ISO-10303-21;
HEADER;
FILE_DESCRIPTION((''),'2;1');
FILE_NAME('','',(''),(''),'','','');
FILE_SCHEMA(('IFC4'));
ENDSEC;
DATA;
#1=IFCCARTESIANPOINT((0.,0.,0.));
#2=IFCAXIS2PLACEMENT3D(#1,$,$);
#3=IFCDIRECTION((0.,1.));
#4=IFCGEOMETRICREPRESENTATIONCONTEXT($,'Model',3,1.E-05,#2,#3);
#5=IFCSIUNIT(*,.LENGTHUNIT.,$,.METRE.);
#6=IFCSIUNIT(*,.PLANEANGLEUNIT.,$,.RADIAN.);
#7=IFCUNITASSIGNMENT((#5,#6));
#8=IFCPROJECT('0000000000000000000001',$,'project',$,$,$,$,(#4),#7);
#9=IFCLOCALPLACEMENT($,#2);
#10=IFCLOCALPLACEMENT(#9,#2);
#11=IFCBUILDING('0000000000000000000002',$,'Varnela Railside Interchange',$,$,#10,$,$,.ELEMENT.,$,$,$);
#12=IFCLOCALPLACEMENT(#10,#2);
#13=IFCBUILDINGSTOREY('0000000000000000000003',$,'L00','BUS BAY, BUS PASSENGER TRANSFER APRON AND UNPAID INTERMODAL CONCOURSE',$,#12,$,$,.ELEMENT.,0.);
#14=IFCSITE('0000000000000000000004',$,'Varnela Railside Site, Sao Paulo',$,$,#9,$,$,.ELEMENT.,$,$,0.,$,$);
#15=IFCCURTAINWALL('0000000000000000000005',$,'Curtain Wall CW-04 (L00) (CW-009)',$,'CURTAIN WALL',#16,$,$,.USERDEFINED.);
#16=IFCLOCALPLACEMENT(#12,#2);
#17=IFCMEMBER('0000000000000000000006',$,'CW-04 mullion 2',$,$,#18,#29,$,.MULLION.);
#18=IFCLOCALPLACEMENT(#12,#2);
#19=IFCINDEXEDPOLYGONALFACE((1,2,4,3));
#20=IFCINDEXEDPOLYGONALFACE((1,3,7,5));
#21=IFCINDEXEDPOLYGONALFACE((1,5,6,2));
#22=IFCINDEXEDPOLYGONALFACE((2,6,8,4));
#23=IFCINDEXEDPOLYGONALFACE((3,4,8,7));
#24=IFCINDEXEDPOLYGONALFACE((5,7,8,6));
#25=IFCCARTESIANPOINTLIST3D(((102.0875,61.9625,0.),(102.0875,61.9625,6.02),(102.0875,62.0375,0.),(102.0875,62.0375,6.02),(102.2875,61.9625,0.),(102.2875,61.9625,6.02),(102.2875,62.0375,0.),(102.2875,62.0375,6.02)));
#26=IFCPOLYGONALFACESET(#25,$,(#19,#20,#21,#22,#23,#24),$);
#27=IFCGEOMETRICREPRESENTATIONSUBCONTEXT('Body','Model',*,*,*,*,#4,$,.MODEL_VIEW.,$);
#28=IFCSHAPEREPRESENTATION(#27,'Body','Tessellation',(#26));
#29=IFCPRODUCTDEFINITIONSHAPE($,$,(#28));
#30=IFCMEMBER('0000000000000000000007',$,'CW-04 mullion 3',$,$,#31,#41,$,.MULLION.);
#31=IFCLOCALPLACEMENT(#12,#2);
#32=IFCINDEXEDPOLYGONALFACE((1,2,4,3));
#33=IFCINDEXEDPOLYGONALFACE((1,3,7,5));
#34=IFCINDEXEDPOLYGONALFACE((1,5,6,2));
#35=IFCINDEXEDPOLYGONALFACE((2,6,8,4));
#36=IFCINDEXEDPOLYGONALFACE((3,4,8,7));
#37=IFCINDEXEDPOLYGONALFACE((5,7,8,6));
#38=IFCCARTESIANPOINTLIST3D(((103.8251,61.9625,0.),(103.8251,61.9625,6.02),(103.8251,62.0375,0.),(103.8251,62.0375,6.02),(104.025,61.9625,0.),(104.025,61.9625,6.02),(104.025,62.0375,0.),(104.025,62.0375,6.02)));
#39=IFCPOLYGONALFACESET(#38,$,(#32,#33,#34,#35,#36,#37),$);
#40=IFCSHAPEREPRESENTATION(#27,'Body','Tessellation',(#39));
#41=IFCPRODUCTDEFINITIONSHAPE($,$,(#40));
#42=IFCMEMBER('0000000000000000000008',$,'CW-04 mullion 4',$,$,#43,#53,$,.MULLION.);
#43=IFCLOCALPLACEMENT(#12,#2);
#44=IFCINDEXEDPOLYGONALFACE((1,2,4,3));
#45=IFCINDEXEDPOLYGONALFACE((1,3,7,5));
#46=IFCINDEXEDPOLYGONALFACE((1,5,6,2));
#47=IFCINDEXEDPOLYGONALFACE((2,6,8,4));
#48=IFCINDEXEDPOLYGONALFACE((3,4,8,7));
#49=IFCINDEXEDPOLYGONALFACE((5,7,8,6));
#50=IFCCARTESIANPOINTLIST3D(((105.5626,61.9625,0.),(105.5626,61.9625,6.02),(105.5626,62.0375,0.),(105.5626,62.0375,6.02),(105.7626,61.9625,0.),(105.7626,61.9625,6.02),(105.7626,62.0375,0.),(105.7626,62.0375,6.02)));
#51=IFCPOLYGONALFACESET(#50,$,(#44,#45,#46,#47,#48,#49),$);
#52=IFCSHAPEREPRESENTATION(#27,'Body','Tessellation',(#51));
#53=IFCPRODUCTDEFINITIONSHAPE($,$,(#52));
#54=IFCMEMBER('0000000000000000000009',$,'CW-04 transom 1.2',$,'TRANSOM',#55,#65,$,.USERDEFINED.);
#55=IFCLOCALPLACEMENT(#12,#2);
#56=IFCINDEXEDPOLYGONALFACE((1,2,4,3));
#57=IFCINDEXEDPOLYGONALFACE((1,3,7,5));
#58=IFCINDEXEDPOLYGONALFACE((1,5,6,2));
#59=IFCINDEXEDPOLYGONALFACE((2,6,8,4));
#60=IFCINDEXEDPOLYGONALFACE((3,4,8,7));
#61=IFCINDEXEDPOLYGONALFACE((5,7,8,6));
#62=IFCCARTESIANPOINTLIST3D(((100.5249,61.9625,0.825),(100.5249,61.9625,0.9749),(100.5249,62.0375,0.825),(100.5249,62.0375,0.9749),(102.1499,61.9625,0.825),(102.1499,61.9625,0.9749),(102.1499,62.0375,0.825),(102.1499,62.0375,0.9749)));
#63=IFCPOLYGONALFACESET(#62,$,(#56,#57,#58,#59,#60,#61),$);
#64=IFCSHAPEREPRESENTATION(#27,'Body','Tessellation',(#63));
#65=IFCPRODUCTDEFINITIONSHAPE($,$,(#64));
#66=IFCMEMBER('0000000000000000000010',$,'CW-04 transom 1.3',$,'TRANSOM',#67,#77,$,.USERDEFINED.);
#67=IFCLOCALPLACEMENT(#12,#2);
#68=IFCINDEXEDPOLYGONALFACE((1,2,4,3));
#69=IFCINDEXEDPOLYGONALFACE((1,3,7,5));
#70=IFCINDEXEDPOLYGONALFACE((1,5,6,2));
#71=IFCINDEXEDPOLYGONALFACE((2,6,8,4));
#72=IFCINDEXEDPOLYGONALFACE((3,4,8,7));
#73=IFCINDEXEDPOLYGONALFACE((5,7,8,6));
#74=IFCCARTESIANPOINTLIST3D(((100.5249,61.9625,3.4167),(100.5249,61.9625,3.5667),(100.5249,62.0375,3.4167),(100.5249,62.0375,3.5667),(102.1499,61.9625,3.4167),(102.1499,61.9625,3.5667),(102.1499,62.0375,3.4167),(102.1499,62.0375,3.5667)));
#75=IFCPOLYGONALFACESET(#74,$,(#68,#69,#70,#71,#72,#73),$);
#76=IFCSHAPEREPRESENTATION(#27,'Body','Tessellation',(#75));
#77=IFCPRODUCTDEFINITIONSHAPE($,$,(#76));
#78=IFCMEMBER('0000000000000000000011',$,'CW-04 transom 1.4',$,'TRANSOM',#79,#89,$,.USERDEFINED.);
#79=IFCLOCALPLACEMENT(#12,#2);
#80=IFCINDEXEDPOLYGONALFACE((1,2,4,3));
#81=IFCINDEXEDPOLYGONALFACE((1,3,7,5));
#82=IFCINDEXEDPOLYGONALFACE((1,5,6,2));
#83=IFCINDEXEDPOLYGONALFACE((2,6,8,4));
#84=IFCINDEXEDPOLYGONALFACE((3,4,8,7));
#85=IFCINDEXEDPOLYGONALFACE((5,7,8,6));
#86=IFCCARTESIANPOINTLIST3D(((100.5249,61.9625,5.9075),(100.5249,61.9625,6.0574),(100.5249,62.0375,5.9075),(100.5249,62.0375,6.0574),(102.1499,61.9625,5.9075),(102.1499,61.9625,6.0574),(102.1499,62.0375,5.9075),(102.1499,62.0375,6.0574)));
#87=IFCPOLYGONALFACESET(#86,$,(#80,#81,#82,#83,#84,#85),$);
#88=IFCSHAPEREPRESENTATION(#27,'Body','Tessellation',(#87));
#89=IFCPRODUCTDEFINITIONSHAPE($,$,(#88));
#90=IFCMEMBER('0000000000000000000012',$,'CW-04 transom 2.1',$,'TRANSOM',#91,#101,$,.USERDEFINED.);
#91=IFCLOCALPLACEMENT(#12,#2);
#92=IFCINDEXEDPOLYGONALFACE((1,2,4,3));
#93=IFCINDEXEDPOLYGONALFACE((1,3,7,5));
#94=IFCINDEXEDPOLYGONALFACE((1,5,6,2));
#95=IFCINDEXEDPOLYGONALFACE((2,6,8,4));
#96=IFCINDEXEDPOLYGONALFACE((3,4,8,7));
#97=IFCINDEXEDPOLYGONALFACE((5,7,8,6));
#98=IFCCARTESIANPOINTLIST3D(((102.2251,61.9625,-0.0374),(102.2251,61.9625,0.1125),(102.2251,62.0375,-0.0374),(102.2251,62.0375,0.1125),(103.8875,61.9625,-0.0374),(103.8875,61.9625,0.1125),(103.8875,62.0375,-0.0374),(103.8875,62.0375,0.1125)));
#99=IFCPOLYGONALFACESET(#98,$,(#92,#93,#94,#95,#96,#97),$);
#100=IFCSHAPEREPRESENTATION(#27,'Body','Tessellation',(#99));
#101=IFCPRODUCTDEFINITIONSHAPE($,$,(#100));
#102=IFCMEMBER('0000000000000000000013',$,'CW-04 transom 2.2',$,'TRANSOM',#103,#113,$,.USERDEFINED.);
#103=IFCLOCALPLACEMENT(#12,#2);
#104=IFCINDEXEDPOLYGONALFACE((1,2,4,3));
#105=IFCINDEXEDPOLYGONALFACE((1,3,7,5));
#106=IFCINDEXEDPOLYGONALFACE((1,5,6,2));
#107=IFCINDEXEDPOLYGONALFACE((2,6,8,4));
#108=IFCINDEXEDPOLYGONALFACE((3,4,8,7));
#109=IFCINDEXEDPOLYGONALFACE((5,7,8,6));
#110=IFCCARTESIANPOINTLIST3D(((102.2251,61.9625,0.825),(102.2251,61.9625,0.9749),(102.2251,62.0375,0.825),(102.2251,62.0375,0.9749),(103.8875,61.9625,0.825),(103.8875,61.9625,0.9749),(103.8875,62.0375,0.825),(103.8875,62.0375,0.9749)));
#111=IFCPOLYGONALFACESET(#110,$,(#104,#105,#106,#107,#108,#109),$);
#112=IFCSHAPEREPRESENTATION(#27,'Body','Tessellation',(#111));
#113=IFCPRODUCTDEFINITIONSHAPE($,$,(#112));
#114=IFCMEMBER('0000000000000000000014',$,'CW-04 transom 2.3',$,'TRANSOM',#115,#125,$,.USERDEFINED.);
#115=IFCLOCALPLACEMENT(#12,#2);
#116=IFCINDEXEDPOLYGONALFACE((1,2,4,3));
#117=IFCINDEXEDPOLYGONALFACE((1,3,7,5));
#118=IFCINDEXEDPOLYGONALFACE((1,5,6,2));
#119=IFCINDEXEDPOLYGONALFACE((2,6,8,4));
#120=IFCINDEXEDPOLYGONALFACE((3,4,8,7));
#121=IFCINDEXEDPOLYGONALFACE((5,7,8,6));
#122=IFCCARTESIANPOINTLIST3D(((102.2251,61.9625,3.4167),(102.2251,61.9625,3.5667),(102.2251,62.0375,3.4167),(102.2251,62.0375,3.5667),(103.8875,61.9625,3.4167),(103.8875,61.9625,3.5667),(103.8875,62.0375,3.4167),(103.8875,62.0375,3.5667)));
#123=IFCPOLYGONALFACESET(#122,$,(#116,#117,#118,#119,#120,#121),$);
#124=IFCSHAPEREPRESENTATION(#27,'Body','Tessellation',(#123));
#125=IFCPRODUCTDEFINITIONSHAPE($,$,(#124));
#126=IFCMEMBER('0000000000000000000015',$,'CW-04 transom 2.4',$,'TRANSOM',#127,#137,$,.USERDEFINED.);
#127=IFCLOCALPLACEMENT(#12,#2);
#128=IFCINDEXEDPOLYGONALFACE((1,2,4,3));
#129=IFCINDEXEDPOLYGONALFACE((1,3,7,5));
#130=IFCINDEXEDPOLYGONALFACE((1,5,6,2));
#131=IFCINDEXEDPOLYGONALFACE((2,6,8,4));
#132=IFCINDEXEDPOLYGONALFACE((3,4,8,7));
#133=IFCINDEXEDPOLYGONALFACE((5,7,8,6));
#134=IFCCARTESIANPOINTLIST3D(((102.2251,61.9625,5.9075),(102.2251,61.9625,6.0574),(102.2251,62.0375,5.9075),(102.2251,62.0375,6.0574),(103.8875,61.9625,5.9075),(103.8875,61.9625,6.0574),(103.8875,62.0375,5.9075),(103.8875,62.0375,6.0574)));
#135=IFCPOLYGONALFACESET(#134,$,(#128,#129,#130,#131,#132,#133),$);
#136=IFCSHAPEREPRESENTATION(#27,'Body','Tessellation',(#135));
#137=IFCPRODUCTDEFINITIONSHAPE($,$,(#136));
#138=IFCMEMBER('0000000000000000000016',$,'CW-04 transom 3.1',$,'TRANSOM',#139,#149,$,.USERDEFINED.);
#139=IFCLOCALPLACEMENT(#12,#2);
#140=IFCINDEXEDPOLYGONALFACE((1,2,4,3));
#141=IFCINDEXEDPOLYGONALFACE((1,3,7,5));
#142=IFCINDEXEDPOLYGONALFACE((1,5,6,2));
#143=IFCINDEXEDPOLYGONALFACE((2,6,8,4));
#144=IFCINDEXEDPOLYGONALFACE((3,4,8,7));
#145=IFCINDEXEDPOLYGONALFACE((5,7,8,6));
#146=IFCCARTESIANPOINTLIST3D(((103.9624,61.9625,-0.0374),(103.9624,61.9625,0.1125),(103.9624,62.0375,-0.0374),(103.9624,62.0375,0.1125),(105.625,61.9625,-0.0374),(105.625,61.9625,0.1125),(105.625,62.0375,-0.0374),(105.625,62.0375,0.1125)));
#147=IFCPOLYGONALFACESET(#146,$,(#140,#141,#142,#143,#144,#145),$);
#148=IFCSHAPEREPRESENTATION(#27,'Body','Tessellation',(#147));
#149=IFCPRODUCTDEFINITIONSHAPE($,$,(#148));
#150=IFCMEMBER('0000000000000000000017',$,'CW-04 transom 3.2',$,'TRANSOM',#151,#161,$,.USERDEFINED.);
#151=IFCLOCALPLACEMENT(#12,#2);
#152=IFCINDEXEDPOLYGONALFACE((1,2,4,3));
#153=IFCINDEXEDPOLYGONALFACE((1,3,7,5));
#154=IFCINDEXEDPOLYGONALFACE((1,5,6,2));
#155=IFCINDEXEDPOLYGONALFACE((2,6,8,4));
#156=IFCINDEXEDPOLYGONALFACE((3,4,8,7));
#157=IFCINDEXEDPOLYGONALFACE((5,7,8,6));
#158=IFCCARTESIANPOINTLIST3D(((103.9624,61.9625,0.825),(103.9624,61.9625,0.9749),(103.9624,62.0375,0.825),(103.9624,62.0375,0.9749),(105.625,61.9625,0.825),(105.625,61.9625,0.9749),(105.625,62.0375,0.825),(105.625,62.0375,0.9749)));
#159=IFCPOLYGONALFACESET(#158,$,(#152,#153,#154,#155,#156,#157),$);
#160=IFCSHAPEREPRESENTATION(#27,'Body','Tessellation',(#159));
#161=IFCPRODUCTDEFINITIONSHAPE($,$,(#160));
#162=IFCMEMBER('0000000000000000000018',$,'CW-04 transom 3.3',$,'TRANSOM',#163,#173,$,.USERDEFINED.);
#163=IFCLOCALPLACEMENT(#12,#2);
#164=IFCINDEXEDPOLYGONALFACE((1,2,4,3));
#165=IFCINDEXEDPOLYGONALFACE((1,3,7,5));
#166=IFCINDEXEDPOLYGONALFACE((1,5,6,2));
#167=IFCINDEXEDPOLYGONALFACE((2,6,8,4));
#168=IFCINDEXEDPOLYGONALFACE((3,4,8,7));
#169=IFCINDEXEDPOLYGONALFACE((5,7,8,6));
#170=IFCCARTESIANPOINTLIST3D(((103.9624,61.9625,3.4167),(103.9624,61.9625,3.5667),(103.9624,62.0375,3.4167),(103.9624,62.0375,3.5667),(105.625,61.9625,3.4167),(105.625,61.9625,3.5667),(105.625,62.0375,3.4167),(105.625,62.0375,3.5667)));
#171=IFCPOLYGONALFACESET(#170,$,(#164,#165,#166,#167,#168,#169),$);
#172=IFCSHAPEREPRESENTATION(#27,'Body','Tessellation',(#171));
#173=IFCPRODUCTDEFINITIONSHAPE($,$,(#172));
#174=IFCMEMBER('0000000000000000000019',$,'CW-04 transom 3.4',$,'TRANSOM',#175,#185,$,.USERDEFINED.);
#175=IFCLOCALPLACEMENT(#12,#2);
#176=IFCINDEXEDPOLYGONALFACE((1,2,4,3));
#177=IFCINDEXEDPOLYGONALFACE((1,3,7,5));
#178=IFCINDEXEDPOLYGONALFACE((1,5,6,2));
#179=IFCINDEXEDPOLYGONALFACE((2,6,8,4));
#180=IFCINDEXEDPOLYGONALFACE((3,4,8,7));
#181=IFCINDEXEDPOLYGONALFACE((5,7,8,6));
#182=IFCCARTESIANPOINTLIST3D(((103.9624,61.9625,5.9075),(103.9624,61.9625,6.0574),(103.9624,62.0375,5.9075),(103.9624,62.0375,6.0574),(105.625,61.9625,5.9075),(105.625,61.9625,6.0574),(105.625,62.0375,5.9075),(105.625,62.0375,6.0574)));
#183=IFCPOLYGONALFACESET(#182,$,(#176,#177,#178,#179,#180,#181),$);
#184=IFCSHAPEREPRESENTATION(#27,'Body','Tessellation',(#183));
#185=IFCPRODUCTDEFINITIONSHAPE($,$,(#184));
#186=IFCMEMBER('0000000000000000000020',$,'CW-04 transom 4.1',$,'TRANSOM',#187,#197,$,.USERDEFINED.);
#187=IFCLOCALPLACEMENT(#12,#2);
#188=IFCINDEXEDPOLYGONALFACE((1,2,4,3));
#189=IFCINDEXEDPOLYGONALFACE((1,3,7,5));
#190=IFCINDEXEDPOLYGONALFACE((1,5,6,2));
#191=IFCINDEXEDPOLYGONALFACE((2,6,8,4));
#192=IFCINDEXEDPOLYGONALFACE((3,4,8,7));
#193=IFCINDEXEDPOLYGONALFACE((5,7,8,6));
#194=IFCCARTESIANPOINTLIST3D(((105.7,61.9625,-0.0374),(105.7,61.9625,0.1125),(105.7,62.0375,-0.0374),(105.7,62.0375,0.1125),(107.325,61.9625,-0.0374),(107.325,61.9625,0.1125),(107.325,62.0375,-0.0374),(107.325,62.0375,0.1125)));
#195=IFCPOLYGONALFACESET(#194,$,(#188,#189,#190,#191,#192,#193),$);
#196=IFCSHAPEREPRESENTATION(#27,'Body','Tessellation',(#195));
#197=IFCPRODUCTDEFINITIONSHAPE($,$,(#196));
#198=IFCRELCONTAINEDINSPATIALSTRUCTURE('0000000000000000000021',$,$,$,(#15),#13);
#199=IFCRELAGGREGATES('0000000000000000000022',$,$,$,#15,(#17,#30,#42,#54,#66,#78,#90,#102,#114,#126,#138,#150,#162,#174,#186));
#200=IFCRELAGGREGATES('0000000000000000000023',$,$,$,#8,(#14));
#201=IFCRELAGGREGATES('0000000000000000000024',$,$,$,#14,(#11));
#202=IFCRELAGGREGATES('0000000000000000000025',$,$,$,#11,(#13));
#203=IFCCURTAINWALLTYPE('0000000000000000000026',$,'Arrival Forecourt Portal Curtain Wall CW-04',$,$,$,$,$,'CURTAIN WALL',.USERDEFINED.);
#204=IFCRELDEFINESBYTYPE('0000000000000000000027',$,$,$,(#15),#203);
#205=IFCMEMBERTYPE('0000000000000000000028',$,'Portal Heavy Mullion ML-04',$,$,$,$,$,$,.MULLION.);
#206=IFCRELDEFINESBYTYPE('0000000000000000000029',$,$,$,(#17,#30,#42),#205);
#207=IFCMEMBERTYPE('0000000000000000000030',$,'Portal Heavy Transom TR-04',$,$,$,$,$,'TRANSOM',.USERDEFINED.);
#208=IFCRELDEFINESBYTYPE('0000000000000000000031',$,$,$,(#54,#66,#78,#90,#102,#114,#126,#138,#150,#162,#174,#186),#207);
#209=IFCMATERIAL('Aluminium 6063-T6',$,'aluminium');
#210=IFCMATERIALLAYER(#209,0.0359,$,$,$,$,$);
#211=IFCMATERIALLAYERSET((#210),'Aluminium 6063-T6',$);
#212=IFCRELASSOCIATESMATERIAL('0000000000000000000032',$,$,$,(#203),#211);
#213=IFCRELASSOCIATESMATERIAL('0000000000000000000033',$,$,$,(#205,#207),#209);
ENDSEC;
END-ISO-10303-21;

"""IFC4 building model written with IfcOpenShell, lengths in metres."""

from ifc_helpers import new_model, si_unit, direction, frame, origin, origin_2d, place, context, subcontext, project, spatial, rectangle, extrude, material, layer, layer_set, material_profile, profile_set, type_object, element, aggregate, save


model = new_model("IFC4")

# Units and contexts
model_context = context("Model", 3, precision=1e-05, world=origin(), true_north=direction((0.0, 1.0)))
body_context = subcontext(model_context, "Body", "Model", "MODEL_VIEW")
ifc_project = project(units=[si_unit("LENGTHUNIT", "METRE"), si_unit("PLANEANGLEUNIT", "RADIAN")], contexts=[model_context])

# Site, building, storey
site_placement = place(None, origin())
site = spatial("IfcSite", under=ifc_project, at=site_placement, Name="Varnela Railside Site, Sao Paulo", CompositionType="ELEMENT", RefElevation=0.0)
building_placement = place(site_placement, origin())
building = spatial("IfcBuilding", under=site, at=building_placement, Name="Varnela Railside Interchange", CompositionType="ELEMENT")
storey_placement = place(building_placement, origin())
storey = spatial("IfcBuildingStorey", under=building, at=storey_placement, Name="L00", Description="BUS BAY, BUS PASSENGER TRANSFER APRON AND UNPAID INTERMODAL CONCOURSE", CompositionType="ELEMENT", Elevation=0.0)

# Curtain wall, members
ifc_material_1 = material(Name="Aluminium 6063-T6", Category="aluminium")
ifc_layer_1 = layer(ifc_material_1, 0.0359)
ifc_layer_set_1 = layer_set([ifc_layer_1], Name="Aluminium 6063-T6")
curtain_wall_type = type_object("IfcCurtainWallType", Name="Arrival Forecourt Portal Curtain Wall CW-04", ElementType="CURTAIN WALL", PredefinedType="USERDEFINED", material=ifc_layer_set_1)
curtain_wall_placement = place(storey_placement, origin())
curtain_wall = element("IfcCurtainWall", 1, at=curtain_wall_placement, inside=storey, type_object=curtain_wall_type, Name="Curtain Wall CW-04 (L00) (CW-009)", ObjectType="CURTAIN WALL", PredefinedType="USERDEFINED")
ifc_material_profile_1 = material_profile(ifc_material_1, rectangle(XDim=0.075, YDim=0.2, at=origin_2d()), Name="ALU 75x200")
ifc_profile_set_1 = profile_set([ifc_material_profile_1], Name="Aluminium 6063-T6")
member_type_1 = type_object("IfcMemberType", Name="Portal Heavy Mullion ML-04", PredefinedType="MULLION", material=ifc_profile_set_1)
member_1_placement = place(storey_placement, frame((102.1875, 62.0, 0.0), z_axis=(0.0, 0.0, 1.0), x_axis=(0.0, 1.0, 0.0)))
member_1 = element("IfcMember", 2, at=member_1_placement, type_object=member_type_1, Name="CW-04 mullion 2", PredefinedType="MULLION", context=body_context, shape_type="SweptSolid", body=[
    extrude(rectangle(XDim=0.075, YDim=0.2, at=origin_2d()), origin(), (0.0, 0.0, 1.0), 6.02),
])
member_2_placement = place(storey_placement, frame((103.925, 62.0, 0.0), z_axis=(0.0, 0.0, 1.0), x_axis=(0.0, 1.0, 0.0)))
member_2 = element("IfcMember", 3, at=member_2_placement, type_object=member_type_1, Name="CW-04 mullion 3", PredefinedType="MULLION", context=body_context, shape_type="SweptSolid", body=[
    extrude(rectangle(XDim=0.075, YDim=0.2, at=origin_2d()), origin(), (0.0, 0.0, 1.0), 6.02),
])
member_3_placement = place(storey_placement, frame((105.6626, 62.0, 0.0), z_axis=(0.0, 0.0, 1.0), x_axis=(0.0, 1.0, 0.0)))
member_3 = element("IfcMember", 4, at=member_3_placement, type_object=member_type_1, Name="CW-04 mullion 4", PredefinedType="MULLION", context=body_context, shape_type="SweptSolid", body=[
    extrude(rectangle(XDim=0.075, YDim=0.2, at=origin_2d()), origin(), (0.0, 0.0, 1.0), 6.02),
])
ifc_material_profile_2 = material_profile(ifc_material_1, rectangle(XDim=0.075, YDim=0.1499, at=origin_2d()), Name="ALU 75x150")
ifc_profile_set_2 = profile_set([ifc_material_profile_2], Name="Aluminium 6063-T6")
member_type_2 = type_object("IfcMemberType", Name="Portal Heavy Transom TR-04", ElementType="TRANSOM", PredefinedType="USERDEFINED", material=ifc_profile_set_2)
member_4_placement = place(storey_placement, frame((100.5249, 62.0, 0.8999), z_axis=(1.0, 0.0, 0.0), x_axis=(0.0, 1.0, 0.0)))
member_4 = element("IfcMember", 5, at=member_4_placement, type_object=member_type_2, Name="CW-04 transom 1.2", ObjectType="TRANSOM", PredefinedType="USERDEFINED", context=body_context, shape_type="SweptSolid", body=[
    extrude(rectangle(XDim=0.075, YDim=0.1499, at=origin_2d()), origin(), (0.0, 0.0, 1.0), 1.625),
])
member_5_placement = place(storey_placement, frame((100.5249, 62.0, 3.4917), z_axis=(1.0, 0.0, 0.0), x_axis=(0.0, 1.0, 0.0)))
member_5 = element("IfcMember", 6, at=member_5_placement, type_object=member_type_2, Name="CW-04 transom 1.3", ObjectType="TRANSOM", PredefinedType="USERDEFINED", context=body_context, shape_type="SweptSolid", body=[
    extrude(rectangle(XDim=0.075, YDim=0.1499, at=origin_2d()), origin(), (0.0, 0.0, 1.0), 1.625),
])
member_6_placement = place(storey_placement, frame((100.5249, 62.0, 5.9824), z_axis=(1.0, 0.0, 0.0), x_axis=(0.0, 1.0, 0.0)))
member_6 = element("IfcMember", 7, at=member_6_placement, type_object=member_type_2, Name="CW-04 transom 1.4", ObjectType="TRANSOM", PredefinedType="USERDEFINED", context=body_context, shape_type="SweptSolid", body=[
    extrude(rectangle(XDim=0.075, YDim=0.1499, at=origin_2d()), origin(), (0.0, 0.0, 1.0), 1.625),
])
member_7_placement = place(storey_placement, frame((102.2251, 62.0, 0.0376), z_axis=(1.0, 0.0, 0.0), x_axis=(0.0, 1.0, 0.0)))
member_7 = element("IfcMember", 8, at=member_7_placement, type_object=member_type_2, Name="CW-04 transom 2.1", ObjectType="TRANSOM", PredefinedType="USERDEFINED", context=body_context, shape_type="SweptSolid", body=[
    extrude(rectangle(XDim=0.075, YDim=0.1499, at=origin_2d()), origin(), (0.0, 0.0, 1.0), 1.6624),
])
member_8_placement = place(storey_placement, frame((102.2251, 62.0, 0.8999), z_axis=(1.0, 0.0, 0.0), x_axis=(0.0, 1.0, 0.0)))
member_8 = element("IfcMember", 9, at=member_8_placement, type_object=member_type_2, Name="CW-04 transom 2.2", ObjectType="TRANSOM", PredefinedType="USERDEFINED", context=body_context, shape_type="SweptSolid", body=[
    extrude(rectangle(XDim=0.075, YDim=0.1499, at=origin_2d()), origin(), (0.0, 0.0, 1.0), 1.6624),
])
member_9_placement = place(storey_placement, frame((102.2251, 62.0, 3.4917), z_axis=(1.0, 0.0, 0.0), x_axis=(0.0, 1.0, 0.0)))
member_9 = element("IfcMember", 10, at=member_9_placement, type_object=member_type_2, Name="CW-04 transom 2.3", ObjectType="TRANSOM", PredefinedType="USERDEFINED", context=body_context, shape_type="SweptSolid", body=[
    extrude(rectangle(XDim=0.075, YDim=0.1499, at=origin_2d()), origin(), (0.0, 0.0, 1.0), 1.6624),
])
member_10_placement = place(storey_placement, frame((102.2251, 62.0, 5.9824), z_axis=(1.0, 0.0, 0.0), x_axis=(0.0, 1.0, 0.0)))
member_10 = element("IfcMember", 11, at=member_10_placement, type_object=member_type_2, Name="CW-04 transom 2.4", ObjectType="TRANSOM", PredefinedType="USERDEFINED", context=body_context, shape_type="SweptSolid", body=[
    extrude(rectangle(XDim=0.075, YDim=0.1499, at=origin_2d()), origin(), (0.0, 0.0, 1.0), 1.6624),
])
member_11_placement = place(storey_placement, frame((103.9624, 62.0, 0.0376), z_axis=(1.0, 0.0, 0.0), x_axis=(0.0, 1.0, 0.0)))
member_11 = element("IfcMember", 12, at=member_11_placement, type_object=member_type_2, Name="CW-04 transom 3.1", ObjectType="TRANSOM", PredefinedType="USERDEFINED", context=body_context, shape_type="SweptSolid", body=[
    extrude(rectangle(XDim=0.075, YDim=0.1499, at=origin_2d()), origin(), (0.0, 0.0, 1.0), 1.6626),
])
member_12_placement = place(storey_placement, frame((103.9624, 62.0, 0.8999), z_axis=(1.0, 0.0, 0.0), x_axis=(0.0, 1.0, 0.0)))
member_12 = element("IfcMember", 13, at=member_12_placement, type_object=member_type_2, Name="CW-04 transom 3.2", ObjectType="TRANSOM", PredefinedType="USERDEFINED", context=body_context, shape_type="SweptSolid", body=[
    extrude(rectangle(XDim=0.075, YDim=0.1499, at=origin_2d()), origin(), (0.0, 0.0, 1.0), 1.6626),
])
member_13_placement = place(storey_placement, frame((103.9624, 62.0, 3.4917), z_axis=(1.0, 0.0, 0.0), x_axis=(0.0, 1.0, 0.0)))
member_13 = element("IfcMember", 14, at=member_13_placement, type_object=member_type_2, Name="CW-04 transom 3.3", ObjectType="TRANSOM", PredefinedType="USERDEFINED", context=body_context, shape_type="SweptSolid", body=[
    extrude(rectangle(XDim=0.075, YDim=0.1499, at=origin_2d()), origin(), (0.0, 0.0, 1.0), 1.6626),
])
member_14_placement = place(storey_placement, frame((103.9624, 62.0, 5.9824), z_axis=(1.0, 0.0, 0.0), x_axis=(0.0, 1.0, 0.0)))
member_14 = element("IfcMember", 15, at=member_14_placement, type_object=member_type_2, Name="CW-04 transom 3.4", ObjectType="TRANSOM", PredefinedType="USERDEFINED", context=body_context, shape_type="SweptSolid", body=[
    extrude(rectangle(XDim=0.075, YDim=0.1499, at=origin_2d()), origin(), (0.0, 0.0, 1.0), 1.6626),
])
member_15_placement = place(storey_placement, frame((105.7, 62.0, 0.0376), z_axis=(1.0, 0.0, 0.0), x_axis=(0.0, 1.0, 0.0)))
member_15 = element("IfcMember", 16, at=member_15_placement, type_object=member_type_2, Name="CW-04 transom 4.1", ObjectType="TRANSOM", PredefinedType="USERDEFINED", context=body_context, shape_type="SweptSolid", body=[
    extrude(rectangle(XDim=0.075, YDim=0.1499, at=origin_2d()), origin(), (0.0, 0.0, 1.0), 1.625),
])
aggregate(curtain_wall, [member_1, member_2, member_3, member_4, member_5, member_6, member_7, member_8, member_9, member_10, member_11, member_12, member_13, member_14, member_15])

save(model, "model.ifc")
